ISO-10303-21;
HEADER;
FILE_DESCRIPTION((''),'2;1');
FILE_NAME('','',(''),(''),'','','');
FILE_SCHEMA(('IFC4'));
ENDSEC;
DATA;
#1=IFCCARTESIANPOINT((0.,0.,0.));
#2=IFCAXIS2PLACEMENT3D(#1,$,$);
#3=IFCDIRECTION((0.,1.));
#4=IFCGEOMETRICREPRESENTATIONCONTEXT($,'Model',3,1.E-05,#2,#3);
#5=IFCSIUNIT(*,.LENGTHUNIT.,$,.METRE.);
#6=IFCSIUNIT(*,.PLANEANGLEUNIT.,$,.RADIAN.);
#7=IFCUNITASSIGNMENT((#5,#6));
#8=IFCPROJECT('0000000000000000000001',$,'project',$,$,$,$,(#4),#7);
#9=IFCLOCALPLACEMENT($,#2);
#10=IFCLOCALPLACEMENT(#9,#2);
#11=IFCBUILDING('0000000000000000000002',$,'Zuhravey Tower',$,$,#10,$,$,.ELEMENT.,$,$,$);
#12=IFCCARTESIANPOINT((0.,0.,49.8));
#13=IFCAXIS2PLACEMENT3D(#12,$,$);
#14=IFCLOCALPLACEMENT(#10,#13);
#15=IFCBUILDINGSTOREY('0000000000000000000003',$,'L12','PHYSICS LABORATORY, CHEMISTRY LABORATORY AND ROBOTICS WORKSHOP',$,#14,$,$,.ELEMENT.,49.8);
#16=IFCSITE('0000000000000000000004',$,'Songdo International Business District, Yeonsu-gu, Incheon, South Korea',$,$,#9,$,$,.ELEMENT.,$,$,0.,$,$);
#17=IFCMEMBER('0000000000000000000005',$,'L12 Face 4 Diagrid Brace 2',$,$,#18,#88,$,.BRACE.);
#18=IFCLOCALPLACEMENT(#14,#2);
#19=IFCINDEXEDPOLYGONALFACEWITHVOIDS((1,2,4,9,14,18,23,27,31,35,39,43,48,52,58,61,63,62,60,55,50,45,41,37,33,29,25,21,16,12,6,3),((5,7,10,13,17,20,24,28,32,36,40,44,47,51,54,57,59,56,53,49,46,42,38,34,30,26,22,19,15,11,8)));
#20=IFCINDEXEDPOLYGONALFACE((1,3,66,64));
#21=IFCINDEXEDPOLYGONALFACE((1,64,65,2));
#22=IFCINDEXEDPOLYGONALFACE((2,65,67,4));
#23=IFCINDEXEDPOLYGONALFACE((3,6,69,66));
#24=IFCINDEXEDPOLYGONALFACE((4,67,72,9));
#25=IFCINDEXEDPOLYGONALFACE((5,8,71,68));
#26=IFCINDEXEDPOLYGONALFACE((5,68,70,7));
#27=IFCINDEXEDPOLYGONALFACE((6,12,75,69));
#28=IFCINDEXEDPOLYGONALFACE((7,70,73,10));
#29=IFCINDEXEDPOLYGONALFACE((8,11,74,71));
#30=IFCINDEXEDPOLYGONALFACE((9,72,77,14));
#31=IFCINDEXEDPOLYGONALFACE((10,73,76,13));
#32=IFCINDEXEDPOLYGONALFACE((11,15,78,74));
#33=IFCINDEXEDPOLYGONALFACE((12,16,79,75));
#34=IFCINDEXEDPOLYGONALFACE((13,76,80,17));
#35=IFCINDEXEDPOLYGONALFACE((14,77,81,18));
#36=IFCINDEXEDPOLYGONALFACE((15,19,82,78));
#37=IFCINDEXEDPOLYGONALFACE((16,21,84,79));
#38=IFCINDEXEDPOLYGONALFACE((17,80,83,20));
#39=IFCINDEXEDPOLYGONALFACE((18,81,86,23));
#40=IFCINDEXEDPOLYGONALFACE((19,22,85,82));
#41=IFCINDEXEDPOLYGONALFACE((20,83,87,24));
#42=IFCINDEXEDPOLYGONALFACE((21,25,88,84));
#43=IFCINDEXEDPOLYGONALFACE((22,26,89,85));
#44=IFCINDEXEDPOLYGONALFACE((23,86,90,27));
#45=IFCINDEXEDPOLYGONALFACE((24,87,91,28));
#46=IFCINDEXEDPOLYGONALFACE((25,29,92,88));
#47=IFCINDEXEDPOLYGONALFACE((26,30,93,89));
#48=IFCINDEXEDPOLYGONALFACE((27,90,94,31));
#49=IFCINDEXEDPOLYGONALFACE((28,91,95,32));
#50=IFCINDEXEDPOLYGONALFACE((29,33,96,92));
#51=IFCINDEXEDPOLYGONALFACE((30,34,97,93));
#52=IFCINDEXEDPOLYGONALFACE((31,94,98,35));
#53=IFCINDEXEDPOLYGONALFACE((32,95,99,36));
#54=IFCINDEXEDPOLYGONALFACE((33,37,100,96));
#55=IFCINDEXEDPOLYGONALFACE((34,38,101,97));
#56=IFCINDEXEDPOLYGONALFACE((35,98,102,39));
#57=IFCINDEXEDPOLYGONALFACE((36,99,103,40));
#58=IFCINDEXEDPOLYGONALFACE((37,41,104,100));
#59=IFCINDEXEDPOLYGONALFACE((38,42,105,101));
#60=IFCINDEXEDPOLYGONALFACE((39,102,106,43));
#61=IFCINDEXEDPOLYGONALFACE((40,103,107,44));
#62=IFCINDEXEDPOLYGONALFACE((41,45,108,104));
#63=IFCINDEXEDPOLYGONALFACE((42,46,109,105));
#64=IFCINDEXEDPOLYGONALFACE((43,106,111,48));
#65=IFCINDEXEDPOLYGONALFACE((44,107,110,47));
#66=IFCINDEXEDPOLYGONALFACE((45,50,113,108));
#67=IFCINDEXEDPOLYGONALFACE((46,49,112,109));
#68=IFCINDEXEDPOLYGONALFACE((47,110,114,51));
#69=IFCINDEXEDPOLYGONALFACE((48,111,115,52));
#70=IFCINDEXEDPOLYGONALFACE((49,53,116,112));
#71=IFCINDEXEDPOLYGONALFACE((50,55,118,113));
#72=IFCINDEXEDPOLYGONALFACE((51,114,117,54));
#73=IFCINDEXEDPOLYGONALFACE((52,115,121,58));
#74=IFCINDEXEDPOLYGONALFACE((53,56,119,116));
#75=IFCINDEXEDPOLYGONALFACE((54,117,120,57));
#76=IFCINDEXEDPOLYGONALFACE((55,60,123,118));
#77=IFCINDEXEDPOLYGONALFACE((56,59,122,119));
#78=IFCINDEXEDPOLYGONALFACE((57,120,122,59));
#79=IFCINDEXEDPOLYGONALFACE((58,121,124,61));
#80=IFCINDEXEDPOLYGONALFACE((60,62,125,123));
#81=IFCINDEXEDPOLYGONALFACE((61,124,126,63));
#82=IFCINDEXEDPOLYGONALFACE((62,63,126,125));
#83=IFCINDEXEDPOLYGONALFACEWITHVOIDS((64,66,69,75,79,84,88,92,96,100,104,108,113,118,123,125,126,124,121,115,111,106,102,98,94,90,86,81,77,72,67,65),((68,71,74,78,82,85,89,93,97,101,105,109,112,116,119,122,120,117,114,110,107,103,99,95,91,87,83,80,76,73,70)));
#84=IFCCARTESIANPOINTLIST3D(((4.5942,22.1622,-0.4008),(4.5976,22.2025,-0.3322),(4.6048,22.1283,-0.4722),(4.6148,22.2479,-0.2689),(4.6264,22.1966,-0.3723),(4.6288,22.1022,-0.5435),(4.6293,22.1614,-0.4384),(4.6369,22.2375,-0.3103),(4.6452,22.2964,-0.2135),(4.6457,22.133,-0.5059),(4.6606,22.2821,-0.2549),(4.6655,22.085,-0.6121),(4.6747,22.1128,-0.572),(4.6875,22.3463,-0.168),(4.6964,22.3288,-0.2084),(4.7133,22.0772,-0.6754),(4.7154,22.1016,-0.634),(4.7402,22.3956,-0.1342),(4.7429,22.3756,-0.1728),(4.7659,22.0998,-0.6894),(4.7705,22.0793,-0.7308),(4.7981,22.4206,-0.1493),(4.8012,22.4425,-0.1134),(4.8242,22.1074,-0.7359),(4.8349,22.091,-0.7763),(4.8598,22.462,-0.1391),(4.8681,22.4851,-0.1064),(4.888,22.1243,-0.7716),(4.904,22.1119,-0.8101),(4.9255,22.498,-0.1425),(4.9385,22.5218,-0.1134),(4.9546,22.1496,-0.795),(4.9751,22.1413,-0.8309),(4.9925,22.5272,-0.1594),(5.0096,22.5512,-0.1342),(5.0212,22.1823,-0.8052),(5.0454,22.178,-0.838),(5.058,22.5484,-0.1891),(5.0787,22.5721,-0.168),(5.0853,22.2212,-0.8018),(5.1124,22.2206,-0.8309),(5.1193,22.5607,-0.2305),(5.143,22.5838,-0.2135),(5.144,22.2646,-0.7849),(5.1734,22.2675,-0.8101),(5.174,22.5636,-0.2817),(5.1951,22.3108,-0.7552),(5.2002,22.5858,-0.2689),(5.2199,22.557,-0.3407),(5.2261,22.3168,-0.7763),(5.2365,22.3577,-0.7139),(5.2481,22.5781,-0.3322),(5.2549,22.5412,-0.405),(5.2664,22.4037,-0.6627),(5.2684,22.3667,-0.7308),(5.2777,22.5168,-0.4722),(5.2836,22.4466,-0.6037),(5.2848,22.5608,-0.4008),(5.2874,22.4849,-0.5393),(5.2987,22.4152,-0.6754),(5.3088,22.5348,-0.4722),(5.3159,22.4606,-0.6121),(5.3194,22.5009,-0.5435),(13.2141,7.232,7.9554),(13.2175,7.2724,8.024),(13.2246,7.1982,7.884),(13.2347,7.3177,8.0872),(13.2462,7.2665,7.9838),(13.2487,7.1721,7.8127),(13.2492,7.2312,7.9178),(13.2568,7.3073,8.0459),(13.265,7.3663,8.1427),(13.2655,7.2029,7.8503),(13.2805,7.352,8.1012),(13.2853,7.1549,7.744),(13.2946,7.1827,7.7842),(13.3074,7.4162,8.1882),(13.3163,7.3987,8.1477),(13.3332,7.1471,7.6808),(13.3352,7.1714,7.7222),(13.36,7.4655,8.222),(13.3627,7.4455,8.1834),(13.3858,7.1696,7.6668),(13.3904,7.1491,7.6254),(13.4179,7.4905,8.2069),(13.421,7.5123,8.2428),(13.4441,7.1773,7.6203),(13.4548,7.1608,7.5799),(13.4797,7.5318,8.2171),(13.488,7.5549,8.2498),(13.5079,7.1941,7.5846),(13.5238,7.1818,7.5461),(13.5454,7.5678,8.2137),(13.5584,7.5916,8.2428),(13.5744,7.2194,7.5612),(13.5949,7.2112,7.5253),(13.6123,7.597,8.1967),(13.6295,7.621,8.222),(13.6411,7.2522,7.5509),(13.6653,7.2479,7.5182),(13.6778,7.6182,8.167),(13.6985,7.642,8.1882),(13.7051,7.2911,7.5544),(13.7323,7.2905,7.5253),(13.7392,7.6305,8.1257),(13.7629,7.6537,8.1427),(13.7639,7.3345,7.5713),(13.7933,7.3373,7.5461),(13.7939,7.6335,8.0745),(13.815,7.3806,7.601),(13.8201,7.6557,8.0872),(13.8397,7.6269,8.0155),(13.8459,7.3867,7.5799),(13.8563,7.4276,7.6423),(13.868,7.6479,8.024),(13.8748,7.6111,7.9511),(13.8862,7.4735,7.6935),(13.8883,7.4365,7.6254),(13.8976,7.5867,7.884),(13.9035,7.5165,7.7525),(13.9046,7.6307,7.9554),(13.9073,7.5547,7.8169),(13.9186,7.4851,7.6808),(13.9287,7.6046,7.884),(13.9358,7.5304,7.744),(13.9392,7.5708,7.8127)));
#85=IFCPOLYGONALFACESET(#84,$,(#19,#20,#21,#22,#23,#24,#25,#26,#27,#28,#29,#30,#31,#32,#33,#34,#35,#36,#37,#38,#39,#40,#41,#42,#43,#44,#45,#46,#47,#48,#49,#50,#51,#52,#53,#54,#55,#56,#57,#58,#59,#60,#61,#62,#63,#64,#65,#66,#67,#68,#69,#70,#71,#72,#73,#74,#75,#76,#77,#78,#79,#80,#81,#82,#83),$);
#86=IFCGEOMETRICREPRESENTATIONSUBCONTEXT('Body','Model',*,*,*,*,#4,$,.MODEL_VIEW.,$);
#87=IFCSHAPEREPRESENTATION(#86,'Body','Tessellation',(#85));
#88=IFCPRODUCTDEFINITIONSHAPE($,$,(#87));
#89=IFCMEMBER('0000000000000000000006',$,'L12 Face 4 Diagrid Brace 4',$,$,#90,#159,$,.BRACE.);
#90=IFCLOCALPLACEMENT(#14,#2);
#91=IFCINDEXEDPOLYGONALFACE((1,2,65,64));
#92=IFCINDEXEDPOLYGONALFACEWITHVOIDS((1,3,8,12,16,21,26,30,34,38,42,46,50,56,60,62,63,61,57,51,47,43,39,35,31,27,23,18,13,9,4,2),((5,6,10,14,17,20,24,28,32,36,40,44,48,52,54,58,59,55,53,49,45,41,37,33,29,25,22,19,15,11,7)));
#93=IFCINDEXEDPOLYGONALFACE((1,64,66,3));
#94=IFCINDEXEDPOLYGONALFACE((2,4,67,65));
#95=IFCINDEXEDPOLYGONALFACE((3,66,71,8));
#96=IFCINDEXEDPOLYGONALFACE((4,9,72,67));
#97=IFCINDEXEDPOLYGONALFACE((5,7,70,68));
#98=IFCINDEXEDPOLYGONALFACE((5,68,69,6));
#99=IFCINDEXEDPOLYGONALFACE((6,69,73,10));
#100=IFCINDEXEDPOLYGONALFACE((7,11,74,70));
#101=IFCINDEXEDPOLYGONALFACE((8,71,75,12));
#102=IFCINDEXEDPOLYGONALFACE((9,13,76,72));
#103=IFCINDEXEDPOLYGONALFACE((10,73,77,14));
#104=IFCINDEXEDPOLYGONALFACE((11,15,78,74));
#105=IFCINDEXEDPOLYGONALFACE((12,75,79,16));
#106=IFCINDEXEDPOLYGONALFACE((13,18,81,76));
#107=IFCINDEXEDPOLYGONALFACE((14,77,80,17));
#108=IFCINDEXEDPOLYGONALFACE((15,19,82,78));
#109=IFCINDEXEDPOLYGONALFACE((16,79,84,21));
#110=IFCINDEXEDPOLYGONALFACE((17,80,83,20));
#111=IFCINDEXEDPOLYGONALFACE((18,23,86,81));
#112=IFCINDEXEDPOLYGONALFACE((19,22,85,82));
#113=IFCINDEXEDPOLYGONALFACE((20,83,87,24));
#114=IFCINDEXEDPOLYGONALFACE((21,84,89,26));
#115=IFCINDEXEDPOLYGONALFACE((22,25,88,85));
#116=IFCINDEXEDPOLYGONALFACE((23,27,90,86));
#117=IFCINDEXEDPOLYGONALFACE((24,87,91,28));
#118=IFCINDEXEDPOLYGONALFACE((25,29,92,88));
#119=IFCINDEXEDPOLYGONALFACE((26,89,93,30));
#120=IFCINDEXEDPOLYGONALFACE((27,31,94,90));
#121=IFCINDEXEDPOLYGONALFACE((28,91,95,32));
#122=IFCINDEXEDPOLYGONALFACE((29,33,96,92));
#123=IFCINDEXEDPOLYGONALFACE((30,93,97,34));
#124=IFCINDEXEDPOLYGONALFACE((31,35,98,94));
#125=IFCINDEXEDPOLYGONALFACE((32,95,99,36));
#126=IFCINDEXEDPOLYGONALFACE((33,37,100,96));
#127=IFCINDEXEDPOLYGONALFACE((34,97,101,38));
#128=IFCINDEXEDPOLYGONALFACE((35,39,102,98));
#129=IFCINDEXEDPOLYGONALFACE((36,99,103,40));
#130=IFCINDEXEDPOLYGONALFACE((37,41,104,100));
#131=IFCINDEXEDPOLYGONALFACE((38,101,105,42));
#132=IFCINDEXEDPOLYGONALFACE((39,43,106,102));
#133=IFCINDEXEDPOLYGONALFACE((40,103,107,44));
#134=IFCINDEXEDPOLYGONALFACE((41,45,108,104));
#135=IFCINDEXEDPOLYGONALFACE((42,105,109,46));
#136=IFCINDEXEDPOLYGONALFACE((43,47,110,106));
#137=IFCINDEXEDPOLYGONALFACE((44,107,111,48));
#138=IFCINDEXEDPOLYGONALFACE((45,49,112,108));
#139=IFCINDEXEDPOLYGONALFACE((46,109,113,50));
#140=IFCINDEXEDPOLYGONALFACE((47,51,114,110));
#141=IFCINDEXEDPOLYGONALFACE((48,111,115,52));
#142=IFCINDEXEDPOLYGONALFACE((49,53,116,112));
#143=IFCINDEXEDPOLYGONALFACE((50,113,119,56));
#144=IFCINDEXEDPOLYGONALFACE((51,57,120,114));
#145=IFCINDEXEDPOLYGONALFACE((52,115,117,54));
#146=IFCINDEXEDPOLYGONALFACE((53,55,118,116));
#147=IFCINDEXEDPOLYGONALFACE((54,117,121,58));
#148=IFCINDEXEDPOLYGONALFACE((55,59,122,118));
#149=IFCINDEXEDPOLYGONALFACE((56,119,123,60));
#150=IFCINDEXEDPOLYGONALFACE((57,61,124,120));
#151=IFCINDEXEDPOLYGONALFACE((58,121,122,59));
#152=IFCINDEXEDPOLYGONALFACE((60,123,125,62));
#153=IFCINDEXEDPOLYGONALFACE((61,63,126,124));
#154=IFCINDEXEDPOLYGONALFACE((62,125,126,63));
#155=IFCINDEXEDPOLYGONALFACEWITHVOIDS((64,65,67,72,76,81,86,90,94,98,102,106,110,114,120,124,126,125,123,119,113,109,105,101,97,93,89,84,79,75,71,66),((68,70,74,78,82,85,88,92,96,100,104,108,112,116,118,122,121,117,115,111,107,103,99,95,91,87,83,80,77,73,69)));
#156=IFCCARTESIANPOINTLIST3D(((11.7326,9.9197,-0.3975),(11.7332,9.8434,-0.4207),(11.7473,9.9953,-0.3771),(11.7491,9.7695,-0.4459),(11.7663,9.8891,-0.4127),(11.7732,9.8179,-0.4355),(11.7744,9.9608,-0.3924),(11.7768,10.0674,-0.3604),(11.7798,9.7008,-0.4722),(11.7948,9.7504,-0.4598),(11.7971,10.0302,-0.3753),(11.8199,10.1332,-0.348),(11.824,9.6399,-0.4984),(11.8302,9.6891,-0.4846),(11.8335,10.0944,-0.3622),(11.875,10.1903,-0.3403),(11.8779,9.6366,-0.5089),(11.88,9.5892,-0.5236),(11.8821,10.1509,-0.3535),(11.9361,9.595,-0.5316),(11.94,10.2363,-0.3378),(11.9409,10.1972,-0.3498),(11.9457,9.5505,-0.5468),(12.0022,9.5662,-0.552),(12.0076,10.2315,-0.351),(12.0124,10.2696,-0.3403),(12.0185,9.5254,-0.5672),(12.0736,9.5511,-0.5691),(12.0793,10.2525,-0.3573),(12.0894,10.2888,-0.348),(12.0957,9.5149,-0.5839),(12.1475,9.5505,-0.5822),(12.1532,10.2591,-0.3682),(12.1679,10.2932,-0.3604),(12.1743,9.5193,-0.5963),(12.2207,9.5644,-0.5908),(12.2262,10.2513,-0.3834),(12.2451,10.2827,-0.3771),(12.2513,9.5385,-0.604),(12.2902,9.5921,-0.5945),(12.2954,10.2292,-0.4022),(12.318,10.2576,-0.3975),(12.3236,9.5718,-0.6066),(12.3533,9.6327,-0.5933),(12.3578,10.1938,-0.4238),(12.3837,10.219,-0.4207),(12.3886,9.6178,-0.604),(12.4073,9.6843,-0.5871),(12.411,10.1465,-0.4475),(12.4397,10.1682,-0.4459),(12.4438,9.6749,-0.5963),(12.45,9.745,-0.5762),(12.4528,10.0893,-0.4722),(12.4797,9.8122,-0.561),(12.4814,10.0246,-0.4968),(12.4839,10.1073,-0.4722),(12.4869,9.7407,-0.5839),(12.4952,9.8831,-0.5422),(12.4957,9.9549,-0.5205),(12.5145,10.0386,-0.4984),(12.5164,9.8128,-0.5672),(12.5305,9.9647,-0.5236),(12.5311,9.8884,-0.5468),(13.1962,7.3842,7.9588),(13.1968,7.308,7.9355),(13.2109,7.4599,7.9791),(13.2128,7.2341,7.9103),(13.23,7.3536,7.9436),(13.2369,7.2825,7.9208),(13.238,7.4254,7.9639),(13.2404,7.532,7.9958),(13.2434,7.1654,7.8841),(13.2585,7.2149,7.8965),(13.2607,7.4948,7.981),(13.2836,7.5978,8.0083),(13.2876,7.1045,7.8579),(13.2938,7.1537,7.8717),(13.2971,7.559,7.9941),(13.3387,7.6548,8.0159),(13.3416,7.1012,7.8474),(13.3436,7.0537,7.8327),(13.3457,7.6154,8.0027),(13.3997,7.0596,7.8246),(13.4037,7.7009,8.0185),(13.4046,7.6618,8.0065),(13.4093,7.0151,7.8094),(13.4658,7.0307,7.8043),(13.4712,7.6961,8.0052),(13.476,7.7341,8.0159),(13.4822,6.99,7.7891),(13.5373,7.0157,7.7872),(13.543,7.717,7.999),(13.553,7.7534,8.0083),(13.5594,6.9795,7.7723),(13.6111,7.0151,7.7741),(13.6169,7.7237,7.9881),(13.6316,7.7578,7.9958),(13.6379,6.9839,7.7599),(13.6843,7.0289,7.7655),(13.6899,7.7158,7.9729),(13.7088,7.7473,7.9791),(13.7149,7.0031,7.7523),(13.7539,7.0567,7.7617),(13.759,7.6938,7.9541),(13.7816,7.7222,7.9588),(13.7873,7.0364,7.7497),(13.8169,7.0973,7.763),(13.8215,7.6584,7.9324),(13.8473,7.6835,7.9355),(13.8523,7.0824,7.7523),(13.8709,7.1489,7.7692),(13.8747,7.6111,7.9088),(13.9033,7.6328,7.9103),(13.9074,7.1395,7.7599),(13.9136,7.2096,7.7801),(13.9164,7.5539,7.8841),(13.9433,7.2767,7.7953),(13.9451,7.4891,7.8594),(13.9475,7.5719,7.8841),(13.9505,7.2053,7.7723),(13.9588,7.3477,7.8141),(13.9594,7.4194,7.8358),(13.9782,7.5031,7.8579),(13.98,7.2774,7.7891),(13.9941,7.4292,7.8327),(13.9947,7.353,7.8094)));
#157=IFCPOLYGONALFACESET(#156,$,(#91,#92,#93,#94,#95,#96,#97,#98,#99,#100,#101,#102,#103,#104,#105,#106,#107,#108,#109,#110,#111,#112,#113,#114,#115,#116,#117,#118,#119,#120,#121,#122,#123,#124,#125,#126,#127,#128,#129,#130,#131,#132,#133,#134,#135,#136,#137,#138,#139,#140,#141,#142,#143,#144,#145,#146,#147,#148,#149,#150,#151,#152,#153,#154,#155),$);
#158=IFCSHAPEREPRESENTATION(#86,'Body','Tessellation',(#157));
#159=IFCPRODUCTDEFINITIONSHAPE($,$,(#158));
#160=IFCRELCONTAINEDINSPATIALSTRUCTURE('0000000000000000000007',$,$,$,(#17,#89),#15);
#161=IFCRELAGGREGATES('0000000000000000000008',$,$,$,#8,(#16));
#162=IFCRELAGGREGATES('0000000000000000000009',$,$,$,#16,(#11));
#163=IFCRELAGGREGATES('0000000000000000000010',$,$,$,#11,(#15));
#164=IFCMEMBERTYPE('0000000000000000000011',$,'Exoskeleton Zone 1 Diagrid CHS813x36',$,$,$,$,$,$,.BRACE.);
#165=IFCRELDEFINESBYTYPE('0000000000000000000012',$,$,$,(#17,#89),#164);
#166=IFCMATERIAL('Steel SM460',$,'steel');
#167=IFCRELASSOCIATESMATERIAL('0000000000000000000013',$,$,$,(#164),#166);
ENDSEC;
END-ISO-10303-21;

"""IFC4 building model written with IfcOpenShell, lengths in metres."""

from ifc_helpers import new_model, si_unit, direction, frame, origin, origin_2d, place, context, subcontext, project, spatial, hollow_circle, extrude, material, material_profile, profile_set, type_object, element, save


model = new_model("IFC4")

# Units and contexts
model_context = context("Model", 3, precision=1e-05, world=origin(), true_north=direction((0.0, 1.0)))
body_context = subcontext(model_context, "Body", "Model", "MODEL_VIEW")
ifc_project = project(units=[si_unit("LENGTHUNIT", "METRE"), si_unit("PLANEANGLEUNIT", "RADIAN")], contexts=[model_context])

# Site, building, storey
site_placement = place(None, origin())
site = spatial("IfcSite", under=ifc_project, at=site_placement, Name="Songdo International Business District, Yeonsu-gu, Incheon, South Korea", CompositionType="ELEMENT", RefElevation=0.0)
building_placement = place(site_placement, origin())
building = spatial("IfcBuilding", under=site, at=building_placement, Name="Zuhravey Tower", CompositionType="ELEMENT")
storey_placement = place(building_placement, frame((0.0, 0.0, 49.8)))
storey = spatial("IfcBuildingStorey", under=building, at=storey_placement, Name="L12", Description="PHYSICS LABORATORY, CHEMISTRY LABORATORY AND ROBOTICS WORKSHOP", CompositionType="ELEMENT", Elevation=49.8)

# Members
ifc_material_1 = material(Name="Steel SM460", Category="steel")
ifc_material_profile_1 = material_profile(ifc_material_1, hollow_circle(Radius=0.4065, WallThickness=0.0359, at=origin_2d()), Name="CHS-812.8x36")
ifc_profile_set_1 = profile_set([ifc_material_profile_1], Name="Steel SM460")
member_type_1 = type_object("IfcMemberType", Name="Exoskeleton Zone 1 Diagrid CHS813x36", PredefinedType="BRACE", material=ifc_profile_set_1)
member_1_placement = place(storey_placement, frame((4.9568, 22.3315, -0.4722), z_axis=(0.44993, -0.779308, 0.436167), x_axis=(0.866027, 0.499997, 0.0)))
element("IfcMember", 1, at=member_1_placement, inside=storey, type_object=member_type_1, Name="L12 Face 4 Diagrid Brace 2", PredefinedType="BRACE", context=body_context, shape_type="SweptSolid", body=[
    extrude(hollow_circle(Radius=0.4065, WallThickness=0.0359, at=origin_2d()), origin(), (0.0, 0.0, 1.0), 19.1582),
])
member_2_placement = place(storey_placement, frame((12.1318, 9.9041, -0.4722), z_axis=(0.165303, -0.286351, 0.943758), x_axis=(0.866054, 0.499951, 0.0)))
element("IfcMember", 2, at=member_2_placement, inside=storey, type_object=member_type_1, Name="L12 Face 4 Diagrid Brace 4", PredefinedType="BRACE", context=body_context, shape_type="SweptSolid", body=[
    extrude(hollow_circle(Radius=0.4065, WallThickness=0.0359, at=origin_2d()), origin(), (0.0, 0.0, 1.0), 8.8542),
])

save(model, "model.ifc")
